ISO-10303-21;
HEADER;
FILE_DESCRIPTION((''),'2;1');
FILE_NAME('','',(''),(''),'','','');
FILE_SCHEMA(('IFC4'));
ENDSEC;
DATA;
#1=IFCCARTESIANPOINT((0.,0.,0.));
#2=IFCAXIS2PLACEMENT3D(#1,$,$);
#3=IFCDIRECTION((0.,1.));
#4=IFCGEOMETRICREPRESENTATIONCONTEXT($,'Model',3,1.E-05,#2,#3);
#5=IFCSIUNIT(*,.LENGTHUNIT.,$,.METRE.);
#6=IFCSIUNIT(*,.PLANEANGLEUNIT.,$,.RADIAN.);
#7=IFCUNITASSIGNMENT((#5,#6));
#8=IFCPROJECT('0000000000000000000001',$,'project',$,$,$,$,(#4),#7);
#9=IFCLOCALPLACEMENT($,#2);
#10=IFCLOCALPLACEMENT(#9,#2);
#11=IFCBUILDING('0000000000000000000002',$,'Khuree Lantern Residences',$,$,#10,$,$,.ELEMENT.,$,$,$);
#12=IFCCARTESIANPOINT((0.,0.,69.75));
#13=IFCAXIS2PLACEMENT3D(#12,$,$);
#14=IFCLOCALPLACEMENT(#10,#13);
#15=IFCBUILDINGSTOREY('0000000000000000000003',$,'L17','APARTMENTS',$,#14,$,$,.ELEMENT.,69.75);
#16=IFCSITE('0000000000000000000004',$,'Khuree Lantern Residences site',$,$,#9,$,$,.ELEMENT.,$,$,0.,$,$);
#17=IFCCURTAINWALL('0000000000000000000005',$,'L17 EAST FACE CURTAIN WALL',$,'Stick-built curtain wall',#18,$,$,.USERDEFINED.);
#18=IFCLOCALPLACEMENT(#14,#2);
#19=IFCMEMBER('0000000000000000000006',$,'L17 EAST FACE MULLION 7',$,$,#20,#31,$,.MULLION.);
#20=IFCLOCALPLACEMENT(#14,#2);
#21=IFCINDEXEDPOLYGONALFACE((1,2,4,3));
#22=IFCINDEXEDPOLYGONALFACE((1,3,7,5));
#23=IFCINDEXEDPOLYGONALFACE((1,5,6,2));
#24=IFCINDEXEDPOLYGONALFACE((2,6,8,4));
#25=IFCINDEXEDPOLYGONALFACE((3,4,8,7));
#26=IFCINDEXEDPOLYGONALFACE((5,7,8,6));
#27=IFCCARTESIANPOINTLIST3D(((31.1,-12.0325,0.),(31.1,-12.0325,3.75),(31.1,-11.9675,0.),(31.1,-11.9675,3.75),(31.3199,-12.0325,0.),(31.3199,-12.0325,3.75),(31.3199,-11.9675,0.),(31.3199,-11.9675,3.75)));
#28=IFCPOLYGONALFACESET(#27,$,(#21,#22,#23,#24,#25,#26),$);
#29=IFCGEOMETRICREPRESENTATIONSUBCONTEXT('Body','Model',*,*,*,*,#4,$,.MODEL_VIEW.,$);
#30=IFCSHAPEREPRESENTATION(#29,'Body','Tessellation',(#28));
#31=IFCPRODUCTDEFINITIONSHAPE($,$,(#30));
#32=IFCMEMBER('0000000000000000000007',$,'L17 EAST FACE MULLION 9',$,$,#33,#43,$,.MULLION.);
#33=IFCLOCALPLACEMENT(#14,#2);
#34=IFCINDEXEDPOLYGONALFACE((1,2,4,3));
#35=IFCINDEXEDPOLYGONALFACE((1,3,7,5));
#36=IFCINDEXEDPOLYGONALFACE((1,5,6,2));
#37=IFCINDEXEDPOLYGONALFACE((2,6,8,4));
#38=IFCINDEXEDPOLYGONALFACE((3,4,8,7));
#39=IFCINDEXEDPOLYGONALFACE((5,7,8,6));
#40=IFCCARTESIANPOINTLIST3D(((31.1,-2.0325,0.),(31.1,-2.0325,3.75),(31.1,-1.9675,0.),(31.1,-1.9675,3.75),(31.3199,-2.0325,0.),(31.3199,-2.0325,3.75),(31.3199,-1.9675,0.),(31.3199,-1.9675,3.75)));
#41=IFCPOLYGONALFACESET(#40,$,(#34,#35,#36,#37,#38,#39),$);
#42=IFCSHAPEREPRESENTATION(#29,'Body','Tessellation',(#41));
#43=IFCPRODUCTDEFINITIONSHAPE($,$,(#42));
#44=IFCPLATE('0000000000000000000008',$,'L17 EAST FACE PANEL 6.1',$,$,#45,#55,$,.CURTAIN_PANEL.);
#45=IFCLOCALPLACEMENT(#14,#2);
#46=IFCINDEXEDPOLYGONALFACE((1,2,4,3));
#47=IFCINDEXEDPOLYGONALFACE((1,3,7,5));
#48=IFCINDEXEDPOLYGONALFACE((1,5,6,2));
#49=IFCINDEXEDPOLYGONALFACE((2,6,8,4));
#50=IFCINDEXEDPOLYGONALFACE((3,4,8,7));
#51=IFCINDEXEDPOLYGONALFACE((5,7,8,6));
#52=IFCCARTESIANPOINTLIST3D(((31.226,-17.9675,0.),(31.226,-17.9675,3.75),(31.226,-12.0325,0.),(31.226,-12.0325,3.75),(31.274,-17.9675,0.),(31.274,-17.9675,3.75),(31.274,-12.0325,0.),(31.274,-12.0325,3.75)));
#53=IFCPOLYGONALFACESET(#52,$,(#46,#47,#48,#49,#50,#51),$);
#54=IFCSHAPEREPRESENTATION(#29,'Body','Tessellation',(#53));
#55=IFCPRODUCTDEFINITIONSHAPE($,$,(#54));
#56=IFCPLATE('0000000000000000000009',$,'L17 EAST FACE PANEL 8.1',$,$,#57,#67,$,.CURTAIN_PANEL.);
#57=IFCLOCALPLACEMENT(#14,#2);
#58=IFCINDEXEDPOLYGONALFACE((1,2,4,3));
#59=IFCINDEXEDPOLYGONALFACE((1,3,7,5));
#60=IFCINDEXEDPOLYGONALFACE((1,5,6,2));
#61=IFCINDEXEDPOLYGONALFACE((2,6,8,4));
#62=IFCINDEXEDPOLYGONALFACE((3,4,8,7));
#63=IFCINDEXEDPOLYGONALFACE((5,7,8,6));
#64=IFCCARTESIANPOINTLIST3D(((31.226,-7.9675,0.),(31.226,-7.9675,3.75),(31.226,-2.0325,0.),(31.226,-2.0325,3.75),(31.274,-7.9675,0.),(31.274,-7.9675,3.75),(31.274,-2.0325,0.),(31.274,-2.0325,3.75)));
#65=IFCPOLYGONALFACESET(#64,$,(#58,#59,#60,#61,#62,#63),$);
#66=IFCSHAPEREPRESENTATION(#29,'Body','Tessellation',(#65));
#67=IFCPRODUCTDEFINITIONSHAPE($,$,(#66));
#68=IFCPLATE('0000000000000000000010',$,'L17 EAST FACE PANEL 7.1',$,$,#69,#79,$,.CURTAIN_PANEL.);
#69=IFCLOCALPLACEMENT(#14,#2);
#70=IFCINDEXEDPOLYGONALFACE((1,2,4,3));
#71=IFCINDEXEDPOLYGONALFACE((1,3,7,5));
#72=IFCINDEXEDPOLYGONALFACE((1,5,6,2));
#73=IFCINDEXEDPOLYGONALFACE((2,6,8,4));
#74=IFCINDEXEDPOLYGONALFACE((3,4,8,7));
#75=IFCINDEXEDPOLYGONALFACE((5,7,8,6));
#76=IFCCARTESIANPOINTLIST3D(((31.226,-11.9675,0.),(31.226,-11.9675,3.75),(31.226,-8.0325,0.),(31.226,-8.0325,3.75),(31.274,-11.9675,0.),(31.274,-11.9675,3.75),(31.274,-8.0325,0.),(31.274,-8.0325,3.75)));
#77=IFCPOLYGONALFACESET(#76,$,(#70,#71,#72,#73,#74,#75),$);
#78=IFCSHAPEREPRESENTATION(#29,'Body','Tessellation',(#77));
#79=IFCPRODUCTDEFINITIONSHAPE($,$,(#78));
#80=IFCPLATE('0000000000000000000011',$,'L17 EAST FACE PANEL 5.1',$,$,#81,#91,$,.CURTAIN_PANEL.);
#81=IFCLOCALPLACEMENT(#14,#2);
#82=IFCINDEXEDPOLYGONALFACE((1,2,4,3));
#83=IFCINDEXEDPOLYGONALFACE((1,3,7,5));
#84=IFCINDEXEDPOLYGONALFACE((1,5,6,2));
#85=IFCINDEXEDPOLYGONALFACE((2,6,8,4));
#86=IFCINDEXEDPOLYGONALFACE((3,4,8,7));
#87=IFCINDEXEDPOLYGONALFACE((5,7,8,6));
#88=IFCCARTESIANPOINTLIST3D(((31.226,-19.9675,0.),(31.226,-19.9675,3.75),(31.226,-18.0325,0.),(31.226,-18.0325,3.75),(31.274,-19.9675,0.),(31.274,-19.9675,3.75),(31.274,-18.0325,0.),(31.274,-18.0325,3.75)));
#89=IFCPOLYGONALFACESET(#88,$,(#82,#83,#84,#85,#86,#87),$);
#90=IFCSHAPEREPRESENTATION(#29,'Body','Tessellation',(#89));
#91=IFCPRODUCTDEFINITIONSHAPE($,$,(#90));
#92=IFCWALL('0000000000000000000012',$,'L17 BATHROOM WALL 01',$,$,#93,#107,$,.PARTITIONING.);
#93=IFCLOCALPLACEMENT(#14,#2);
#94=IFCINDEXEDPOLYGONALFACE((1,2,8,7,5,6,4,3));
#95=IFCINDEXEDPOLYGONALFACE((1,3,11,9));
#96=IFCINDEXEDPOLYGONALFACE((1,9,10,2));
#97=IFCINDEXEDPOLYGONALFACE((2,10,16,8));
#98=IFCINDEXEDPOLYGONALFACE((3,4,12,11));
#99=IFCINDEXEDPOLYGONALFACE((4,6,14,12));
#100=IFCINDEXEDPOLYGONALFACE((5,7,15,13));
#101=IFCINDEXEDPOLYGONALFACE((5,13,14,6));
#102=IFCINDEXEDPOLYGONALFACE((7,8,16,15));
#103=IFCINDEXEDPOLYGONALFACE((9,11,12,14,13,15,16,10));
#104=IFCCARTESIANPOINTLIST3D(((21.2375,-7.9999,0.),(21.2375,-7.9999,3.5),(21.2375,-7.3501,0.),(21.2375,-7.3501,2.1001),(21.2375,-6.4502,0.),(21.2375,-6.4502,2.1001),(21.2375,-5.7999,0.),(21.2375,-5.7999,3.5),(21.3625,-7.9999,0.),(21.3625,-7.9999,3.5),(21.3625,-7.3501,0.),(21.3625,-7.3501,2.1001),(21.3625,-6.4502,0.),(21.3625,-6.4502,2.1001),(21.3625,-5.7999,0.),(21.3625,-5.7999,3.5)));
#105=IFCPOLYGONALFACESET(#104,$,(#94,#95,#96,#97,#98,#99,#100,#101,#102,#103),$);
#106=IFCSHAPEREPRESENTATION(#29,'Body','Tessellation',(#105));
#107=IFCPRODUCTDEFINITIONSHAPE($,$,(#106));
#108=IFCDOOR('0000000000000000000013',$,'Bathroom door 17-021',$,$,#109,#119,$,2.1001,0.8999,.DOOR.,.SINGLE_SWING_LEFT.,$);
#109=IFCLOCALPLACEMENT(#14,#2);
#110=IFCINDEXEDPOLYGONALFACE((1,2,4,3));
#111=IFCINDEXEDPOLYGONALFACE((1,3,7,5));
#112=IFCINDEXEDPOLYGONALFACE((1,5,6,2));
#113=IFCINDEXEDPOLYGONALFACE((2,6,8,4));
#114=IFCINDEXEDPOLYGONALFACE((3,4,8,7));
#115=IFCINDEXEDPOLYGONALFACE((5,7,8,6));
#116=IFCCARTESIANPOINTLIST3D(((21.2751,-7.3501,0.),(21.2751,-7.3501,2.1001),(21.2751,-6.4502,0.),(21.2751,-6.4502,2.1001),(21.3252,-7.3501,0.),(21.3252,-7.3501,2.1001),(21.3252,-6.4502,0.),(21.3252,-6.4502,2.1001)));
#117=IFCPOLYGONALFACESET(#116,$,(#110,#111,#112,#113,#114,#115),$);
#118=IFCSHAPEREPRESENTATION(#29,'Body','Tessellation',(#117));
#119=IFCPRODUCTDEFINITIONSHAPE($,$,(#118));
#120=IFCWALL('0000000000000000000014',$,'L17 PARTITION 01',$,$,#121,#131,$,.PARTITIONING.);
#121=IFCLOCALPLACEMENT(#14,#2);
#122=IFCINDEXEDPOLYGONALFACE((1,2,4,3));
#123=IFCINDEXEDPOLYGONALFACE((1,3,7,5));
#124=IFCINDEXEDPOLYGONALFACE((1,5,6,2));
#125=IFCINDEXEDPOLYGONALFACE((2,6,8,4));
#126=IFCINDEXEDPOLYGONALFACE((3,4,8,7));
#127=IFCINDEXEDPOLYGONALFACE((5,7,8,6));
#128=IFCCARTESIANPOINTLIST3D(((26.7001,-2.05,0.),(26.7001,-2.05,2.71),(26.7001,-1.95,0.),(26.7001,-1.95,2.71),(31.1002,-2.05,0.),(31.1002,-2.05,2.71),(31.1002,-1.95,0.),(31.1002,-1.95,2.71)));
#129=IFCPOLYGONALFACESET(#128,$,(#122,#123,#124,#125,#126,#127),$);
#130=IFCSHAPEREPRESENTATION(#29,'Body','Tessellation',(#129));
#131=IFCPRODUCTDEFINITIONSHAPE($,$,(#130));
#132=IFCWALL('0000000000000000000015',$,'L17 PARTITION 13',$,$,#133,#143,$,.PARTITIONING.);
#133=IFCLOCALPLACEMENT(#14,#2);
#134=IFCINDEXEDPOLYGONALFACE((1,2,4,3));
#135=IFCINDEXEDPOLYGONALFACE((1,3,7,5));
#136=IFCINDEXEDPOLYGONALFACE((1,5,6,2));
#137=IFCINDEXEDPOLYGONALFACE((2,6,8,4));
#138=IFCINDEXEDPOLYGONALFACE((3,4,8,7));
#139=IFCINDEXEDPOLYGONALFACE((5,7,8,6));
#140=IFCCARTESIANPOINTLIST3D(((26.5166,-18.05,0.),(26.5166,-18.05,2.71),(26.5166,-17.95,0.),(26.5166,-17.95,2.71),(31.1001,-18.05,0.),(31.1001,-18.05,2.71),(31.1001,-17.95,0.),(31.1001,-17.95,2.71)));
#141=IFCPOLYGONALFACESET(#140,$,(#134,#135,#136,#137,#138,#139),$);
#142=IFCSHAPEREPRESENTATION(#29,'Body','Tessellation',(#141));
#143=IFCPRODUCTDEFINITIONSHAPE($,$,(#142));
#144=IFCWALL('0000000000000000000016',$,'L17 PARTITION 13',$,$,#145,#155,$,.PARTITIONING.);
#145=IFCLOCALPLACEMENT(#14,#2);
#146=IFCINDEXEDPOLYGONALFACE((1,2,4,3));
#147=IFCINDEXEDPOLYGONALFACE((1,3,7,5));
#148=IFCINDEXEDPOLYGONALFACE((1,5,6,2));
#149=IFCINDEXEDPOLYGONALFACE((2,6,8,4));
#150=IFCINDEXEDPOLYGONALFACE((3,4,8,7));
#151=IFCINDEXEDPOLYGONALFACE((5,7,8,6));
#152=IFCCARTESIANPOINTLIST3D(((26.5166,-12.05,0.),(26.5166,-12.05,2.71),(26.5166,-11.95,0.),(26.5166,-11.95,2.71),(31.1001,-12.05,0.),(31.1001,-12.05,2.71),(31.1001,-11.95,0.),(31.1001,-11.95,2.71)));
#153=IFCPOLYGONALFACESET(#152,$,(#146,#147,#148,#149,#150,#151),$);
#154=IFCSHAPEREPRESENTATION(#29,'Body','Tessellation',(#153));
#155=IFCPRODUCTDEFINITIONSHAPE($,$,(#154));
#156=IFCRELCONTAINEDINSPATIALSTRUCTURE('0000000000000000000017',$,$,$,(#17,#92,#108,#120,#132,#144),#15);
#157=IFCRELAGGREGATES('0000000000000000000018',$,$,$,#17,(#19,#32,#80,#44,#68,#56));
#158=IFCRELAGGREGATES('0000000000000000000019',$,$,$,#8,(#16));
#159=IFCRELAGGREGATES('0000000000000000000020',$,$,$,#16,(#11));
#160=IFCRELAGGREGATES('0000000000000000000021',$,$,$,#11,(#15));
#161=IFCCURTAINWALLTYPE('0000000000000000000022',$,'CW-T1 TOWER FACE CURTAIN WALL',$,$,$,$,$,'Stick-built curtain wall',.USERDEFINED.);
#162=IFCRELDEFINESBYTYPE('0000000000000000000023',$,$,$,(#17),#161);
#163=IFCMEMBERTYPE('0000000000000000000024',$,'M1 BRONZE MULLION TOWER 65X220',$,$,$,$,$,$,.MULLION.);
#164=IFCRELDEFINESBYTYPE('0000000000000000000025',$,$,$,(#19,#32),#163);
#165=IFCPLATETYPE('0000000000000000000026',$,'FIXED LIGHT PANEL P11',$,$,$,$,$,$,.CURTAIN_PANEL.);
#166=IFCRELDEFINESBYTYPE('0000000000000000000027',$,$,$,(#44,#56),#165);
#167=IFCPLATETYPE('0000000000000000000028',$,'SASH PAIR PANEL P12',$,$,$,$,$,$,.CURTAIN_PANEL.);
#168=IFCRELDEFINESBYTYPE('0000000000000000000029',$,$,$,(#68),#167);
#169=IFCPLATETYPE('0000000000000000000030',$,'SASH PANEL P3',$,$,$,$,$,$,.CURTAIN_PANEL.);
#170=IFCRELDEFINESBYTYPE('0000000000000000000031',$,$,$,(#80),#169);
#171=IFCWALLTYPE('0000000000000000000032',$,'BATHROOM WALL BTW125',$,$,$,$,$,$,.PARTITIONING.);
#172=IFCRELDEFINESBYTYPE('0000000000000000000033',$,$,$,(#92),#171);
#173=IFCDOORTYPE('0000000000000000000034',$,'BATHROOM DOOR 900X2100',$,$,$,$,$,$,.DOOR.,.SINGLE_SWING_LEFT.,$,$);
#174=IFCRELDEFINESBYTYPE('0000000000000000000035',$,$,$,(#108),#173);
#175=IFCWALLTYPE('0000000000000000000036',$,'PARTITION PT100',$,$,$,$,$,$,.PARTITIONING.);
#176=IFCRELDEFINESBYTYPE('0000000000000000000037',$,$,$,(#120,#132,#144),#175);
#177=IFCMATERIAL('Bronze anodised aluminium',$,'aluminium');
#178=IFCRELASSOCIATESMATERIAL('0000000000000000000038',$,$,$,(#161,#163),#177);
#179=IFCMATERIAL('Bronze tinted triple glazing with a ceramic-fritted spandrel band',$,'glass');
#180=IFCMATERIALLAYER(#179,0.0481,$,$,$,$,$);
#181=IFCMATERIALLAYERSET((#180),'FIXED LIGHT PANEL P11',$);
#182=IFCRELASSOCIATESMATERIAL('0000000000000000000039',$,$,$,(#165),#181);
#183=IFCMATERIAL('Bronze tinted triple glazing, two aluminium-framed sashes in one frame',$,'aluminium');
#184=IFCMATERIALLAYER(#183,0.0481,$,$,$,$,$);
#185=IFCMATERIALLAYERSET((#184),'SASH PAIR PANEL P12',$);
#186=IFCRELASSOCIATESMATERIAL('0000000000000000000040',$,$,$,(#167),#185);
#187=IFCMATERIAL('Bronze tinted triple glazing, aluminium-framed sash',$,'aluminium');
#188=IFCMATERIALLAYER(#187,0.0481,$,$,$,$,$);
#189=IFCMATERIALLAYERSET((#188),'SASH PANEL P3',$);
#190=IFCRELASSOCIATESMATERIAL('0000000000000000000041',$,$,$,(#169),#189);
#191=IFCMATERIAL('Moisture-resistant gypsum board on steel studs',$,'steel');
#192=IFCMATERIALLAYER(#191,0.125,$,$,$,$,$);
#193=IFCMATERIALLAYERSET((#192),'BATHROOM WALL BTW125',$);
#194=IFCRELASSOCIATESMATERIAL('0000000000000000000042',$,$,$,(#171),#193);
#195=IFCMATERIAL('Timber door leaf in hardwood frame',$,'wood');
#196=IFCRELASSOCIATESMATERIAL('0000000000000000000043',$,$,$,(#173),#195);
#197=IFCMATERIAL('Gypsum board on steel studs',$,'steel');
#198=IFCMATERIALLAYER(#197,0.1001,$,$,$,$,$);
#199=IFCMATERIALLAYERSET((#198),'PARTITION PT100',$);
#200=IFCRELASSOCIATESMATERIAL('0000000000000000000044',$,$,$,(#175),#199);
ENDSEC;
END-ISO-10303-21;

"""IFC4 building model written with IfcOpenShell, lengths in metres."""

from ifc_helpers import new_model, si_unit, direction, frame, frame_2d, origin, origin_2d, place, context, subcontext, project, spatial, rectangle, extrude, material, layer, layer_set, material_profile, profile_set, type_object, element, fill, aggregate, save


model = new_model("IFC4")

# Units and contexts
model_context = context("Model", 3, precision=1e-05, world=origin(), true_north=direction((0.0, 1.0)))
body_context = subcontext(model_context, "Body", "Model", "MODEL_VIEW")
ifc_project = project(units=[si_unit("LENGTHUNIT", "METRE"), si_unit("PLANEANGLEUNIT", "RADIAN")], contexts=[model_context])

# Site, building, storey
site_placement = place(None, origin())
site = spatial("IfcSite", under=ifc_project, at=site_placement, Name="Khuree Lantern Residences site", CompositionType="ELEMENT", RefElevation=0.0)
building_placement = place(site_placement, origin())
building = spatial("IfcBuilding", under=site, at=building_placement, Name="Khuree Lantern Residences", CompositionType="ELEMENT")
storey_placement = place(building_placement, frame((0.0, 0.0, 69.75)))
storey = spatial("IfcBuildingStorey", under=building, at=storey_placement, Name="L17", Description="APARTMENTS", CompositionType="ELEMENT", Elevation=69.75)

# Curtain wall
ifc_material_1 = material(Name="Bronze anodised aluminium", Category="aluminium")
curtain_wall_type = type_object("IfcCurtainWallType", Name="CW-T1 TOWER FACE CURTAIN WALL", ElementType="Stick-built curtain wall", PredefinedType="USERDEFINED", material=ifc_material_1)
curtain_wall_placement = place(storey_placement, origin())
curtain_wall = element("IfcCurtainWall", 1, at=curtain_wall_placement, inside=storey, type_object=curtain_wall_type, Name="L17 EAST FACE CURTAIN WALL", ObjectType="Stick-built curtain wall", PredefinedType="USERDEFINED")

# Members
ifc_material_profile_1 = material_profile(ifc_material_1, rectangle(XDim=0.0649, YDim=0.22, at=origin_2d()), Name="M1 65X220")
ifc_profile_set_1 = profile_set([ifc_material_profile_1], Name="Bronze anodised aluminium")
member_type_1 = type_object("IfcMemberType", Name="M1 BRONZE MULLION TOWER 65X220", PredefinedType="MULLION", material=ifc_profile_set_1)
member_1_placement = place(storey_placement, frame((31.21, -12.0, 0.0), z_axis=(0.0, 0.0, 1.0), x_axis=(0.0, 1.0, 0.0)))
member_1 = element("IfcMember", 2, at=member_1_placement, type_object=member_type_1, Name="L17 EAST FACE MULLION 7", PredefinedType="MULLION", context=body_context, shape_type="SweptSolid", body=[
    extrude(rectangle(XDim=0.0649, YDim=0.22, at=origin_2d()), origin(), (0.0, 0.0, 1.0), 3.75),
])
member_2_placement = place(storey_placement, frame((31.21, -2.0, 0.0), z_axis=(0.0, 0.0, 1.0), x_axis=(0.0, 1.0, 0.0)))
member_2 = element("IfcMember", 3, at=member_2_placement, type_object=member_type_1, Name="L17 EAST FACE MULLION 9", PredefinedType="MULLION", context=body_context, shape_type="SweptSolid", body=[
    extrude(rectangle(XDim=0.0649, YDim=0.22, at=origin_2d()), origin(), (0.0, 0.0, 1.0), 3.75),
])

# Plates
ifc_material_2 = material(Name="Bronze tinted triple glazing with a ceramic-fritted spandrel band", Category="glass")
ifc_layer_1 = layer(ifc_material_2, 0.0481)
ifc_layer_set_1 = layer_set([ifc_layer_1], Name="FIXED LIGHT PANEL P11")
plate_type_1 = type_object("IfcPlateType", Name="FIXED LIGHT PANEL P11", PredefinedType="CURTAIN_PANEL", material=ifc_layer_set_1)
plate_1_placement = place(storey_placement, frame((31.25, -15.0, 0.0), z_axis=(0.0, 0.0, 1.0), x_axis=(0.0, 1.0, 0.0)))
plate_1 = element("IfcPlate", 4, at=plate_1_placement, type_object=plate_type_1, Name="L17 EAST FACE PANEL 6.1", PredefinedType="CURTAIN_PANEL", context=body_context, shape_type="SweptSolid", body=[
    extrude(rectangle(XDim=5.9351, YDim=0.0481, at=origin_2d()), origin(), (0.0, 0.0, 1.0), 3.75),
])
plate_2_placement = place(storey_placement, frame((31.25, -5.0, 0.0), z_axis=(0.0, 0.0, 1.0), x_axis=(0.0, 1.0, 0.0)))
plate_2 = element("IfcPlate", 5, at=plate_2_placement, type_object=plate_type_1, Name="L17 EAST FACE PANEL 8.1", PredefinedType="CURTAIN_PANEL", context=body_context, shape_type="SweptSolid", body=[
    extrude(rectangle(XDim=5.9351, YDim=0.0481, at=origin_2d()), origin(), (0.0, 0.0, 1.0), 3.75),
])
ifc_material_3 = material(Name="Bronze tinted triple glazing, two aluminium-framed sashes in one frame", Category="aluminium")
ifc_layer_2 = layer(ifc_material_3, 0.0481)
ifc_layer_set_2 = layer_set([ifc_layer_2], Name="SASH PAIR PANEL P12")
plate_type_2 = type_object("IfcPlateType", Name="SASH PAIR PANEL P12", PredefinedType="CURTAIN_PANEL", material=ifc_layer_set_2)
plate_3_placement = place(storey_placement, frame((31.25, -10.0, 0.0), z_axis=(0.0, 0.0, 1.0), x_axis=(0.0, 1.0, 0.0)))
plate_3 = element("IfcPlate", 6, at=plate_3_placement, type_object=plate_type_2, Name="L17 EAST FACE PANEL 7.1", PredefinedType="CURTAIN_PANEL", context=body_context, shape_type="SweptSolid", body=[
    extrude(rectangle(XDim=3.9351, YDim=0.0481, at=origin_2d()), origin(), (0.0, 0.0, 1.0), 3.75),
])
ifc_material_4 = material(Name="Bronze tinted triple glazing, aluminium-framed sash", Category="aluminium")
ifc_layer_3 = layer(ifc_material_4, 0.0481)
ifc_layer_set_3 = layer_set([ifc_layer_3], Name="SASH PANEL P3")
plate_type_3 = type_object("IfcPlateType", Name="SASH PANEL P3", PredefinedType="CURTAIN_PANEL", material=ifc_layer_set_3)
plate_4_placement = place(storey_placement, frame((31.25, -19.0, 0.0), z_axis=(0.0, 0.0, 1.0), x_axis=(0.0, 1.0, 0.0)))
plate_4 = element("IfcPlate", 7, at=plate_4_placement, type_object=plate_type_3, Name="L17 EAST FACE PANEL 5.1", PredefinedType="CURTAIN_PANEL", context=body_context, shape_type="SweptSolid", body=[
    extrude(rectangle(XDim=1.9351, YDim=0.0481, at=origin_2d()), origin(), (0.0, 0.0, 1.0), 3.75),
])
aggregate(curtain_wall, [member_1, member_2, plate_4, plate_1, plate_3, plate_2])

# Wall, opening, door
ifc_material_5 = material(Name="Moisture-resistant gypsum board on steel studs", Category="steel")
ifc_layer_4 = layer(ifc_material_5, 0.125)
ifc_layer_set_4 = layer_set([ifc_layer_4], Name="BATHROOM WALL BTW125")
wall_type_1 = type_object("IfcWallType", Name="BATHROOM WALL BTW125", PredefinedType="PARTITIONING", material=ifc_layer_set_4)
wall_1_placement = place(storey_placement, frame((21.3, -8.0, 0.0), z_axis=(0.0, 0.0, 1.0), x_axis=(0.0, 1.0, 0.0)))
wall_1 = element("IfcWall", 8, at=wall_1_placement, inside=storey, type_object=wall_type_1, Name="L17 BATHROOM WALL 01", PredefinedType="PARTITIONING", context=body_context, shape_type="SweptSolid", body=[
    extrude(rectangle(XDim=2.2, YDim=0.125, at=frame_2d((1.1001, 0.0))), origin(), (0.0, 0.0, 1.0), 3.5),
])
opening_1_placement = place(wall_1_placement, frame((0.6499, 0.0, 0.0)))
opening_1 = element("IfcOpeningElement", 9, at=opening_1_placement, cuts=wall_1, PredefinedType="OPENING", context=body_context, shape_type="SweptSolid", body=[
    extrude(rectangle(XDim=0.8999, YDim=2.1001, at=frame_2d((0.45, 1.05))), frame((0.0, 0.0725, 0.0), z_axis=(0.0, -1.0, 0.0), x_axis=(1.0, 0.0, 0.0)), (0.0, 0.0, 1.0), 0.145),
])
ifc_material_6 = material(Name="Timber door leaf in hardwood frame", Category="wood")
door_type_1 = type_object("IfcDoorType", Name="BATHROOM DOOR 900X2100", OperationType="SINGLE_SWING_LEFT", PredefinedType="DOOR", material=ifc_material_6)
door_1_placement = place(opening_1_placement, origin())
door_1 = element("IfcDoor", 10, at=door_1_placement, inside=storey, type_object=door_type_1, Name="Bathroom door 17-021", OperationType="SINGLE_SWING_LEFT", OverallHeight=2.1001, OverallWidth=0.8999, PredefinedType="DOOR", context=body_context, shape_type="SweptSolid", body=[
    extrude(rectangle(XDim=0.8999, YDim=2.1001, at=frame_2d((0.45, 1.05))), frame((0.0, 0.0249, 0.0), z_axis=(0.0, -1.0, 0.0), x_axis=(1.0, 0.0, 0.0)), (0.0, 0.0, 1.0), 0.05),
])
fill(opening_1, door_1)

# Walls
ifc_material_7 = material(Name="Gypsum board on steel studs", Category="steel")
ifc_layer_5 = layer(ifc_material_7, 0.1001)
ifc_layer_set_5 = layer_set([ifc_layer_5], Name="PARTITION PT100")
wall_type_2 = type_object("IfcWallType", Name="PARTITION PT100", PredefinedType="PARTITIONING", material=ifc_layer_set_5)
wall_2_placement = place(storey_placement, frame((26.7, -2.0, 0.0), z_axis=(0.0, 0.0, 1.0), x_axis=(1.0, 0.0, 0.0)))
element("IfcWall", 11, at=wall_2_placement, inside=storey, type_object=wall_type_2, Name="L17 PARTITION 01", PredefinedType="PARTITIONING", context=body_context, shape_type="SweptSolid", body=[
    extrude(rectangle(XDim=4.4001, YDim=0.1001, at=frame_2d((2.2002, 0.0))), origin(), (0.0, 0.0, 1.0), 2.71),
])
for number, where, z_axis, x_axis, name in (
    (12, (26.5166, -18.0, 0.0), (0.0, 0.0, 1.0), (1.0, 0.0, 0.0), "L17 PARTITION 13"),
    (13, (26.5166, -12.0, 0.0), (0.0, 0.0, 1.0), (1.0, 0.0, 0.0), "L17 PARTITION 13"),
):
    element("IfcWall", number, at=place(storey_placement, frame(where, z_axis=z_axis, x_axis=x_axis)), inside=storey, type_object=wall_type_2, Name=name, PredefinedType="PARTITIONING", context=body_context, shape_type="SweptSolid", body=[
        extrude(rectangle(XDim=4.5835, YDim=0.1001, at=frame_2d((2.2917, 0.0))), origin(), (0.0, 0.0, 1.0), 2.71),
    ])

save(model, "model.ifc")
